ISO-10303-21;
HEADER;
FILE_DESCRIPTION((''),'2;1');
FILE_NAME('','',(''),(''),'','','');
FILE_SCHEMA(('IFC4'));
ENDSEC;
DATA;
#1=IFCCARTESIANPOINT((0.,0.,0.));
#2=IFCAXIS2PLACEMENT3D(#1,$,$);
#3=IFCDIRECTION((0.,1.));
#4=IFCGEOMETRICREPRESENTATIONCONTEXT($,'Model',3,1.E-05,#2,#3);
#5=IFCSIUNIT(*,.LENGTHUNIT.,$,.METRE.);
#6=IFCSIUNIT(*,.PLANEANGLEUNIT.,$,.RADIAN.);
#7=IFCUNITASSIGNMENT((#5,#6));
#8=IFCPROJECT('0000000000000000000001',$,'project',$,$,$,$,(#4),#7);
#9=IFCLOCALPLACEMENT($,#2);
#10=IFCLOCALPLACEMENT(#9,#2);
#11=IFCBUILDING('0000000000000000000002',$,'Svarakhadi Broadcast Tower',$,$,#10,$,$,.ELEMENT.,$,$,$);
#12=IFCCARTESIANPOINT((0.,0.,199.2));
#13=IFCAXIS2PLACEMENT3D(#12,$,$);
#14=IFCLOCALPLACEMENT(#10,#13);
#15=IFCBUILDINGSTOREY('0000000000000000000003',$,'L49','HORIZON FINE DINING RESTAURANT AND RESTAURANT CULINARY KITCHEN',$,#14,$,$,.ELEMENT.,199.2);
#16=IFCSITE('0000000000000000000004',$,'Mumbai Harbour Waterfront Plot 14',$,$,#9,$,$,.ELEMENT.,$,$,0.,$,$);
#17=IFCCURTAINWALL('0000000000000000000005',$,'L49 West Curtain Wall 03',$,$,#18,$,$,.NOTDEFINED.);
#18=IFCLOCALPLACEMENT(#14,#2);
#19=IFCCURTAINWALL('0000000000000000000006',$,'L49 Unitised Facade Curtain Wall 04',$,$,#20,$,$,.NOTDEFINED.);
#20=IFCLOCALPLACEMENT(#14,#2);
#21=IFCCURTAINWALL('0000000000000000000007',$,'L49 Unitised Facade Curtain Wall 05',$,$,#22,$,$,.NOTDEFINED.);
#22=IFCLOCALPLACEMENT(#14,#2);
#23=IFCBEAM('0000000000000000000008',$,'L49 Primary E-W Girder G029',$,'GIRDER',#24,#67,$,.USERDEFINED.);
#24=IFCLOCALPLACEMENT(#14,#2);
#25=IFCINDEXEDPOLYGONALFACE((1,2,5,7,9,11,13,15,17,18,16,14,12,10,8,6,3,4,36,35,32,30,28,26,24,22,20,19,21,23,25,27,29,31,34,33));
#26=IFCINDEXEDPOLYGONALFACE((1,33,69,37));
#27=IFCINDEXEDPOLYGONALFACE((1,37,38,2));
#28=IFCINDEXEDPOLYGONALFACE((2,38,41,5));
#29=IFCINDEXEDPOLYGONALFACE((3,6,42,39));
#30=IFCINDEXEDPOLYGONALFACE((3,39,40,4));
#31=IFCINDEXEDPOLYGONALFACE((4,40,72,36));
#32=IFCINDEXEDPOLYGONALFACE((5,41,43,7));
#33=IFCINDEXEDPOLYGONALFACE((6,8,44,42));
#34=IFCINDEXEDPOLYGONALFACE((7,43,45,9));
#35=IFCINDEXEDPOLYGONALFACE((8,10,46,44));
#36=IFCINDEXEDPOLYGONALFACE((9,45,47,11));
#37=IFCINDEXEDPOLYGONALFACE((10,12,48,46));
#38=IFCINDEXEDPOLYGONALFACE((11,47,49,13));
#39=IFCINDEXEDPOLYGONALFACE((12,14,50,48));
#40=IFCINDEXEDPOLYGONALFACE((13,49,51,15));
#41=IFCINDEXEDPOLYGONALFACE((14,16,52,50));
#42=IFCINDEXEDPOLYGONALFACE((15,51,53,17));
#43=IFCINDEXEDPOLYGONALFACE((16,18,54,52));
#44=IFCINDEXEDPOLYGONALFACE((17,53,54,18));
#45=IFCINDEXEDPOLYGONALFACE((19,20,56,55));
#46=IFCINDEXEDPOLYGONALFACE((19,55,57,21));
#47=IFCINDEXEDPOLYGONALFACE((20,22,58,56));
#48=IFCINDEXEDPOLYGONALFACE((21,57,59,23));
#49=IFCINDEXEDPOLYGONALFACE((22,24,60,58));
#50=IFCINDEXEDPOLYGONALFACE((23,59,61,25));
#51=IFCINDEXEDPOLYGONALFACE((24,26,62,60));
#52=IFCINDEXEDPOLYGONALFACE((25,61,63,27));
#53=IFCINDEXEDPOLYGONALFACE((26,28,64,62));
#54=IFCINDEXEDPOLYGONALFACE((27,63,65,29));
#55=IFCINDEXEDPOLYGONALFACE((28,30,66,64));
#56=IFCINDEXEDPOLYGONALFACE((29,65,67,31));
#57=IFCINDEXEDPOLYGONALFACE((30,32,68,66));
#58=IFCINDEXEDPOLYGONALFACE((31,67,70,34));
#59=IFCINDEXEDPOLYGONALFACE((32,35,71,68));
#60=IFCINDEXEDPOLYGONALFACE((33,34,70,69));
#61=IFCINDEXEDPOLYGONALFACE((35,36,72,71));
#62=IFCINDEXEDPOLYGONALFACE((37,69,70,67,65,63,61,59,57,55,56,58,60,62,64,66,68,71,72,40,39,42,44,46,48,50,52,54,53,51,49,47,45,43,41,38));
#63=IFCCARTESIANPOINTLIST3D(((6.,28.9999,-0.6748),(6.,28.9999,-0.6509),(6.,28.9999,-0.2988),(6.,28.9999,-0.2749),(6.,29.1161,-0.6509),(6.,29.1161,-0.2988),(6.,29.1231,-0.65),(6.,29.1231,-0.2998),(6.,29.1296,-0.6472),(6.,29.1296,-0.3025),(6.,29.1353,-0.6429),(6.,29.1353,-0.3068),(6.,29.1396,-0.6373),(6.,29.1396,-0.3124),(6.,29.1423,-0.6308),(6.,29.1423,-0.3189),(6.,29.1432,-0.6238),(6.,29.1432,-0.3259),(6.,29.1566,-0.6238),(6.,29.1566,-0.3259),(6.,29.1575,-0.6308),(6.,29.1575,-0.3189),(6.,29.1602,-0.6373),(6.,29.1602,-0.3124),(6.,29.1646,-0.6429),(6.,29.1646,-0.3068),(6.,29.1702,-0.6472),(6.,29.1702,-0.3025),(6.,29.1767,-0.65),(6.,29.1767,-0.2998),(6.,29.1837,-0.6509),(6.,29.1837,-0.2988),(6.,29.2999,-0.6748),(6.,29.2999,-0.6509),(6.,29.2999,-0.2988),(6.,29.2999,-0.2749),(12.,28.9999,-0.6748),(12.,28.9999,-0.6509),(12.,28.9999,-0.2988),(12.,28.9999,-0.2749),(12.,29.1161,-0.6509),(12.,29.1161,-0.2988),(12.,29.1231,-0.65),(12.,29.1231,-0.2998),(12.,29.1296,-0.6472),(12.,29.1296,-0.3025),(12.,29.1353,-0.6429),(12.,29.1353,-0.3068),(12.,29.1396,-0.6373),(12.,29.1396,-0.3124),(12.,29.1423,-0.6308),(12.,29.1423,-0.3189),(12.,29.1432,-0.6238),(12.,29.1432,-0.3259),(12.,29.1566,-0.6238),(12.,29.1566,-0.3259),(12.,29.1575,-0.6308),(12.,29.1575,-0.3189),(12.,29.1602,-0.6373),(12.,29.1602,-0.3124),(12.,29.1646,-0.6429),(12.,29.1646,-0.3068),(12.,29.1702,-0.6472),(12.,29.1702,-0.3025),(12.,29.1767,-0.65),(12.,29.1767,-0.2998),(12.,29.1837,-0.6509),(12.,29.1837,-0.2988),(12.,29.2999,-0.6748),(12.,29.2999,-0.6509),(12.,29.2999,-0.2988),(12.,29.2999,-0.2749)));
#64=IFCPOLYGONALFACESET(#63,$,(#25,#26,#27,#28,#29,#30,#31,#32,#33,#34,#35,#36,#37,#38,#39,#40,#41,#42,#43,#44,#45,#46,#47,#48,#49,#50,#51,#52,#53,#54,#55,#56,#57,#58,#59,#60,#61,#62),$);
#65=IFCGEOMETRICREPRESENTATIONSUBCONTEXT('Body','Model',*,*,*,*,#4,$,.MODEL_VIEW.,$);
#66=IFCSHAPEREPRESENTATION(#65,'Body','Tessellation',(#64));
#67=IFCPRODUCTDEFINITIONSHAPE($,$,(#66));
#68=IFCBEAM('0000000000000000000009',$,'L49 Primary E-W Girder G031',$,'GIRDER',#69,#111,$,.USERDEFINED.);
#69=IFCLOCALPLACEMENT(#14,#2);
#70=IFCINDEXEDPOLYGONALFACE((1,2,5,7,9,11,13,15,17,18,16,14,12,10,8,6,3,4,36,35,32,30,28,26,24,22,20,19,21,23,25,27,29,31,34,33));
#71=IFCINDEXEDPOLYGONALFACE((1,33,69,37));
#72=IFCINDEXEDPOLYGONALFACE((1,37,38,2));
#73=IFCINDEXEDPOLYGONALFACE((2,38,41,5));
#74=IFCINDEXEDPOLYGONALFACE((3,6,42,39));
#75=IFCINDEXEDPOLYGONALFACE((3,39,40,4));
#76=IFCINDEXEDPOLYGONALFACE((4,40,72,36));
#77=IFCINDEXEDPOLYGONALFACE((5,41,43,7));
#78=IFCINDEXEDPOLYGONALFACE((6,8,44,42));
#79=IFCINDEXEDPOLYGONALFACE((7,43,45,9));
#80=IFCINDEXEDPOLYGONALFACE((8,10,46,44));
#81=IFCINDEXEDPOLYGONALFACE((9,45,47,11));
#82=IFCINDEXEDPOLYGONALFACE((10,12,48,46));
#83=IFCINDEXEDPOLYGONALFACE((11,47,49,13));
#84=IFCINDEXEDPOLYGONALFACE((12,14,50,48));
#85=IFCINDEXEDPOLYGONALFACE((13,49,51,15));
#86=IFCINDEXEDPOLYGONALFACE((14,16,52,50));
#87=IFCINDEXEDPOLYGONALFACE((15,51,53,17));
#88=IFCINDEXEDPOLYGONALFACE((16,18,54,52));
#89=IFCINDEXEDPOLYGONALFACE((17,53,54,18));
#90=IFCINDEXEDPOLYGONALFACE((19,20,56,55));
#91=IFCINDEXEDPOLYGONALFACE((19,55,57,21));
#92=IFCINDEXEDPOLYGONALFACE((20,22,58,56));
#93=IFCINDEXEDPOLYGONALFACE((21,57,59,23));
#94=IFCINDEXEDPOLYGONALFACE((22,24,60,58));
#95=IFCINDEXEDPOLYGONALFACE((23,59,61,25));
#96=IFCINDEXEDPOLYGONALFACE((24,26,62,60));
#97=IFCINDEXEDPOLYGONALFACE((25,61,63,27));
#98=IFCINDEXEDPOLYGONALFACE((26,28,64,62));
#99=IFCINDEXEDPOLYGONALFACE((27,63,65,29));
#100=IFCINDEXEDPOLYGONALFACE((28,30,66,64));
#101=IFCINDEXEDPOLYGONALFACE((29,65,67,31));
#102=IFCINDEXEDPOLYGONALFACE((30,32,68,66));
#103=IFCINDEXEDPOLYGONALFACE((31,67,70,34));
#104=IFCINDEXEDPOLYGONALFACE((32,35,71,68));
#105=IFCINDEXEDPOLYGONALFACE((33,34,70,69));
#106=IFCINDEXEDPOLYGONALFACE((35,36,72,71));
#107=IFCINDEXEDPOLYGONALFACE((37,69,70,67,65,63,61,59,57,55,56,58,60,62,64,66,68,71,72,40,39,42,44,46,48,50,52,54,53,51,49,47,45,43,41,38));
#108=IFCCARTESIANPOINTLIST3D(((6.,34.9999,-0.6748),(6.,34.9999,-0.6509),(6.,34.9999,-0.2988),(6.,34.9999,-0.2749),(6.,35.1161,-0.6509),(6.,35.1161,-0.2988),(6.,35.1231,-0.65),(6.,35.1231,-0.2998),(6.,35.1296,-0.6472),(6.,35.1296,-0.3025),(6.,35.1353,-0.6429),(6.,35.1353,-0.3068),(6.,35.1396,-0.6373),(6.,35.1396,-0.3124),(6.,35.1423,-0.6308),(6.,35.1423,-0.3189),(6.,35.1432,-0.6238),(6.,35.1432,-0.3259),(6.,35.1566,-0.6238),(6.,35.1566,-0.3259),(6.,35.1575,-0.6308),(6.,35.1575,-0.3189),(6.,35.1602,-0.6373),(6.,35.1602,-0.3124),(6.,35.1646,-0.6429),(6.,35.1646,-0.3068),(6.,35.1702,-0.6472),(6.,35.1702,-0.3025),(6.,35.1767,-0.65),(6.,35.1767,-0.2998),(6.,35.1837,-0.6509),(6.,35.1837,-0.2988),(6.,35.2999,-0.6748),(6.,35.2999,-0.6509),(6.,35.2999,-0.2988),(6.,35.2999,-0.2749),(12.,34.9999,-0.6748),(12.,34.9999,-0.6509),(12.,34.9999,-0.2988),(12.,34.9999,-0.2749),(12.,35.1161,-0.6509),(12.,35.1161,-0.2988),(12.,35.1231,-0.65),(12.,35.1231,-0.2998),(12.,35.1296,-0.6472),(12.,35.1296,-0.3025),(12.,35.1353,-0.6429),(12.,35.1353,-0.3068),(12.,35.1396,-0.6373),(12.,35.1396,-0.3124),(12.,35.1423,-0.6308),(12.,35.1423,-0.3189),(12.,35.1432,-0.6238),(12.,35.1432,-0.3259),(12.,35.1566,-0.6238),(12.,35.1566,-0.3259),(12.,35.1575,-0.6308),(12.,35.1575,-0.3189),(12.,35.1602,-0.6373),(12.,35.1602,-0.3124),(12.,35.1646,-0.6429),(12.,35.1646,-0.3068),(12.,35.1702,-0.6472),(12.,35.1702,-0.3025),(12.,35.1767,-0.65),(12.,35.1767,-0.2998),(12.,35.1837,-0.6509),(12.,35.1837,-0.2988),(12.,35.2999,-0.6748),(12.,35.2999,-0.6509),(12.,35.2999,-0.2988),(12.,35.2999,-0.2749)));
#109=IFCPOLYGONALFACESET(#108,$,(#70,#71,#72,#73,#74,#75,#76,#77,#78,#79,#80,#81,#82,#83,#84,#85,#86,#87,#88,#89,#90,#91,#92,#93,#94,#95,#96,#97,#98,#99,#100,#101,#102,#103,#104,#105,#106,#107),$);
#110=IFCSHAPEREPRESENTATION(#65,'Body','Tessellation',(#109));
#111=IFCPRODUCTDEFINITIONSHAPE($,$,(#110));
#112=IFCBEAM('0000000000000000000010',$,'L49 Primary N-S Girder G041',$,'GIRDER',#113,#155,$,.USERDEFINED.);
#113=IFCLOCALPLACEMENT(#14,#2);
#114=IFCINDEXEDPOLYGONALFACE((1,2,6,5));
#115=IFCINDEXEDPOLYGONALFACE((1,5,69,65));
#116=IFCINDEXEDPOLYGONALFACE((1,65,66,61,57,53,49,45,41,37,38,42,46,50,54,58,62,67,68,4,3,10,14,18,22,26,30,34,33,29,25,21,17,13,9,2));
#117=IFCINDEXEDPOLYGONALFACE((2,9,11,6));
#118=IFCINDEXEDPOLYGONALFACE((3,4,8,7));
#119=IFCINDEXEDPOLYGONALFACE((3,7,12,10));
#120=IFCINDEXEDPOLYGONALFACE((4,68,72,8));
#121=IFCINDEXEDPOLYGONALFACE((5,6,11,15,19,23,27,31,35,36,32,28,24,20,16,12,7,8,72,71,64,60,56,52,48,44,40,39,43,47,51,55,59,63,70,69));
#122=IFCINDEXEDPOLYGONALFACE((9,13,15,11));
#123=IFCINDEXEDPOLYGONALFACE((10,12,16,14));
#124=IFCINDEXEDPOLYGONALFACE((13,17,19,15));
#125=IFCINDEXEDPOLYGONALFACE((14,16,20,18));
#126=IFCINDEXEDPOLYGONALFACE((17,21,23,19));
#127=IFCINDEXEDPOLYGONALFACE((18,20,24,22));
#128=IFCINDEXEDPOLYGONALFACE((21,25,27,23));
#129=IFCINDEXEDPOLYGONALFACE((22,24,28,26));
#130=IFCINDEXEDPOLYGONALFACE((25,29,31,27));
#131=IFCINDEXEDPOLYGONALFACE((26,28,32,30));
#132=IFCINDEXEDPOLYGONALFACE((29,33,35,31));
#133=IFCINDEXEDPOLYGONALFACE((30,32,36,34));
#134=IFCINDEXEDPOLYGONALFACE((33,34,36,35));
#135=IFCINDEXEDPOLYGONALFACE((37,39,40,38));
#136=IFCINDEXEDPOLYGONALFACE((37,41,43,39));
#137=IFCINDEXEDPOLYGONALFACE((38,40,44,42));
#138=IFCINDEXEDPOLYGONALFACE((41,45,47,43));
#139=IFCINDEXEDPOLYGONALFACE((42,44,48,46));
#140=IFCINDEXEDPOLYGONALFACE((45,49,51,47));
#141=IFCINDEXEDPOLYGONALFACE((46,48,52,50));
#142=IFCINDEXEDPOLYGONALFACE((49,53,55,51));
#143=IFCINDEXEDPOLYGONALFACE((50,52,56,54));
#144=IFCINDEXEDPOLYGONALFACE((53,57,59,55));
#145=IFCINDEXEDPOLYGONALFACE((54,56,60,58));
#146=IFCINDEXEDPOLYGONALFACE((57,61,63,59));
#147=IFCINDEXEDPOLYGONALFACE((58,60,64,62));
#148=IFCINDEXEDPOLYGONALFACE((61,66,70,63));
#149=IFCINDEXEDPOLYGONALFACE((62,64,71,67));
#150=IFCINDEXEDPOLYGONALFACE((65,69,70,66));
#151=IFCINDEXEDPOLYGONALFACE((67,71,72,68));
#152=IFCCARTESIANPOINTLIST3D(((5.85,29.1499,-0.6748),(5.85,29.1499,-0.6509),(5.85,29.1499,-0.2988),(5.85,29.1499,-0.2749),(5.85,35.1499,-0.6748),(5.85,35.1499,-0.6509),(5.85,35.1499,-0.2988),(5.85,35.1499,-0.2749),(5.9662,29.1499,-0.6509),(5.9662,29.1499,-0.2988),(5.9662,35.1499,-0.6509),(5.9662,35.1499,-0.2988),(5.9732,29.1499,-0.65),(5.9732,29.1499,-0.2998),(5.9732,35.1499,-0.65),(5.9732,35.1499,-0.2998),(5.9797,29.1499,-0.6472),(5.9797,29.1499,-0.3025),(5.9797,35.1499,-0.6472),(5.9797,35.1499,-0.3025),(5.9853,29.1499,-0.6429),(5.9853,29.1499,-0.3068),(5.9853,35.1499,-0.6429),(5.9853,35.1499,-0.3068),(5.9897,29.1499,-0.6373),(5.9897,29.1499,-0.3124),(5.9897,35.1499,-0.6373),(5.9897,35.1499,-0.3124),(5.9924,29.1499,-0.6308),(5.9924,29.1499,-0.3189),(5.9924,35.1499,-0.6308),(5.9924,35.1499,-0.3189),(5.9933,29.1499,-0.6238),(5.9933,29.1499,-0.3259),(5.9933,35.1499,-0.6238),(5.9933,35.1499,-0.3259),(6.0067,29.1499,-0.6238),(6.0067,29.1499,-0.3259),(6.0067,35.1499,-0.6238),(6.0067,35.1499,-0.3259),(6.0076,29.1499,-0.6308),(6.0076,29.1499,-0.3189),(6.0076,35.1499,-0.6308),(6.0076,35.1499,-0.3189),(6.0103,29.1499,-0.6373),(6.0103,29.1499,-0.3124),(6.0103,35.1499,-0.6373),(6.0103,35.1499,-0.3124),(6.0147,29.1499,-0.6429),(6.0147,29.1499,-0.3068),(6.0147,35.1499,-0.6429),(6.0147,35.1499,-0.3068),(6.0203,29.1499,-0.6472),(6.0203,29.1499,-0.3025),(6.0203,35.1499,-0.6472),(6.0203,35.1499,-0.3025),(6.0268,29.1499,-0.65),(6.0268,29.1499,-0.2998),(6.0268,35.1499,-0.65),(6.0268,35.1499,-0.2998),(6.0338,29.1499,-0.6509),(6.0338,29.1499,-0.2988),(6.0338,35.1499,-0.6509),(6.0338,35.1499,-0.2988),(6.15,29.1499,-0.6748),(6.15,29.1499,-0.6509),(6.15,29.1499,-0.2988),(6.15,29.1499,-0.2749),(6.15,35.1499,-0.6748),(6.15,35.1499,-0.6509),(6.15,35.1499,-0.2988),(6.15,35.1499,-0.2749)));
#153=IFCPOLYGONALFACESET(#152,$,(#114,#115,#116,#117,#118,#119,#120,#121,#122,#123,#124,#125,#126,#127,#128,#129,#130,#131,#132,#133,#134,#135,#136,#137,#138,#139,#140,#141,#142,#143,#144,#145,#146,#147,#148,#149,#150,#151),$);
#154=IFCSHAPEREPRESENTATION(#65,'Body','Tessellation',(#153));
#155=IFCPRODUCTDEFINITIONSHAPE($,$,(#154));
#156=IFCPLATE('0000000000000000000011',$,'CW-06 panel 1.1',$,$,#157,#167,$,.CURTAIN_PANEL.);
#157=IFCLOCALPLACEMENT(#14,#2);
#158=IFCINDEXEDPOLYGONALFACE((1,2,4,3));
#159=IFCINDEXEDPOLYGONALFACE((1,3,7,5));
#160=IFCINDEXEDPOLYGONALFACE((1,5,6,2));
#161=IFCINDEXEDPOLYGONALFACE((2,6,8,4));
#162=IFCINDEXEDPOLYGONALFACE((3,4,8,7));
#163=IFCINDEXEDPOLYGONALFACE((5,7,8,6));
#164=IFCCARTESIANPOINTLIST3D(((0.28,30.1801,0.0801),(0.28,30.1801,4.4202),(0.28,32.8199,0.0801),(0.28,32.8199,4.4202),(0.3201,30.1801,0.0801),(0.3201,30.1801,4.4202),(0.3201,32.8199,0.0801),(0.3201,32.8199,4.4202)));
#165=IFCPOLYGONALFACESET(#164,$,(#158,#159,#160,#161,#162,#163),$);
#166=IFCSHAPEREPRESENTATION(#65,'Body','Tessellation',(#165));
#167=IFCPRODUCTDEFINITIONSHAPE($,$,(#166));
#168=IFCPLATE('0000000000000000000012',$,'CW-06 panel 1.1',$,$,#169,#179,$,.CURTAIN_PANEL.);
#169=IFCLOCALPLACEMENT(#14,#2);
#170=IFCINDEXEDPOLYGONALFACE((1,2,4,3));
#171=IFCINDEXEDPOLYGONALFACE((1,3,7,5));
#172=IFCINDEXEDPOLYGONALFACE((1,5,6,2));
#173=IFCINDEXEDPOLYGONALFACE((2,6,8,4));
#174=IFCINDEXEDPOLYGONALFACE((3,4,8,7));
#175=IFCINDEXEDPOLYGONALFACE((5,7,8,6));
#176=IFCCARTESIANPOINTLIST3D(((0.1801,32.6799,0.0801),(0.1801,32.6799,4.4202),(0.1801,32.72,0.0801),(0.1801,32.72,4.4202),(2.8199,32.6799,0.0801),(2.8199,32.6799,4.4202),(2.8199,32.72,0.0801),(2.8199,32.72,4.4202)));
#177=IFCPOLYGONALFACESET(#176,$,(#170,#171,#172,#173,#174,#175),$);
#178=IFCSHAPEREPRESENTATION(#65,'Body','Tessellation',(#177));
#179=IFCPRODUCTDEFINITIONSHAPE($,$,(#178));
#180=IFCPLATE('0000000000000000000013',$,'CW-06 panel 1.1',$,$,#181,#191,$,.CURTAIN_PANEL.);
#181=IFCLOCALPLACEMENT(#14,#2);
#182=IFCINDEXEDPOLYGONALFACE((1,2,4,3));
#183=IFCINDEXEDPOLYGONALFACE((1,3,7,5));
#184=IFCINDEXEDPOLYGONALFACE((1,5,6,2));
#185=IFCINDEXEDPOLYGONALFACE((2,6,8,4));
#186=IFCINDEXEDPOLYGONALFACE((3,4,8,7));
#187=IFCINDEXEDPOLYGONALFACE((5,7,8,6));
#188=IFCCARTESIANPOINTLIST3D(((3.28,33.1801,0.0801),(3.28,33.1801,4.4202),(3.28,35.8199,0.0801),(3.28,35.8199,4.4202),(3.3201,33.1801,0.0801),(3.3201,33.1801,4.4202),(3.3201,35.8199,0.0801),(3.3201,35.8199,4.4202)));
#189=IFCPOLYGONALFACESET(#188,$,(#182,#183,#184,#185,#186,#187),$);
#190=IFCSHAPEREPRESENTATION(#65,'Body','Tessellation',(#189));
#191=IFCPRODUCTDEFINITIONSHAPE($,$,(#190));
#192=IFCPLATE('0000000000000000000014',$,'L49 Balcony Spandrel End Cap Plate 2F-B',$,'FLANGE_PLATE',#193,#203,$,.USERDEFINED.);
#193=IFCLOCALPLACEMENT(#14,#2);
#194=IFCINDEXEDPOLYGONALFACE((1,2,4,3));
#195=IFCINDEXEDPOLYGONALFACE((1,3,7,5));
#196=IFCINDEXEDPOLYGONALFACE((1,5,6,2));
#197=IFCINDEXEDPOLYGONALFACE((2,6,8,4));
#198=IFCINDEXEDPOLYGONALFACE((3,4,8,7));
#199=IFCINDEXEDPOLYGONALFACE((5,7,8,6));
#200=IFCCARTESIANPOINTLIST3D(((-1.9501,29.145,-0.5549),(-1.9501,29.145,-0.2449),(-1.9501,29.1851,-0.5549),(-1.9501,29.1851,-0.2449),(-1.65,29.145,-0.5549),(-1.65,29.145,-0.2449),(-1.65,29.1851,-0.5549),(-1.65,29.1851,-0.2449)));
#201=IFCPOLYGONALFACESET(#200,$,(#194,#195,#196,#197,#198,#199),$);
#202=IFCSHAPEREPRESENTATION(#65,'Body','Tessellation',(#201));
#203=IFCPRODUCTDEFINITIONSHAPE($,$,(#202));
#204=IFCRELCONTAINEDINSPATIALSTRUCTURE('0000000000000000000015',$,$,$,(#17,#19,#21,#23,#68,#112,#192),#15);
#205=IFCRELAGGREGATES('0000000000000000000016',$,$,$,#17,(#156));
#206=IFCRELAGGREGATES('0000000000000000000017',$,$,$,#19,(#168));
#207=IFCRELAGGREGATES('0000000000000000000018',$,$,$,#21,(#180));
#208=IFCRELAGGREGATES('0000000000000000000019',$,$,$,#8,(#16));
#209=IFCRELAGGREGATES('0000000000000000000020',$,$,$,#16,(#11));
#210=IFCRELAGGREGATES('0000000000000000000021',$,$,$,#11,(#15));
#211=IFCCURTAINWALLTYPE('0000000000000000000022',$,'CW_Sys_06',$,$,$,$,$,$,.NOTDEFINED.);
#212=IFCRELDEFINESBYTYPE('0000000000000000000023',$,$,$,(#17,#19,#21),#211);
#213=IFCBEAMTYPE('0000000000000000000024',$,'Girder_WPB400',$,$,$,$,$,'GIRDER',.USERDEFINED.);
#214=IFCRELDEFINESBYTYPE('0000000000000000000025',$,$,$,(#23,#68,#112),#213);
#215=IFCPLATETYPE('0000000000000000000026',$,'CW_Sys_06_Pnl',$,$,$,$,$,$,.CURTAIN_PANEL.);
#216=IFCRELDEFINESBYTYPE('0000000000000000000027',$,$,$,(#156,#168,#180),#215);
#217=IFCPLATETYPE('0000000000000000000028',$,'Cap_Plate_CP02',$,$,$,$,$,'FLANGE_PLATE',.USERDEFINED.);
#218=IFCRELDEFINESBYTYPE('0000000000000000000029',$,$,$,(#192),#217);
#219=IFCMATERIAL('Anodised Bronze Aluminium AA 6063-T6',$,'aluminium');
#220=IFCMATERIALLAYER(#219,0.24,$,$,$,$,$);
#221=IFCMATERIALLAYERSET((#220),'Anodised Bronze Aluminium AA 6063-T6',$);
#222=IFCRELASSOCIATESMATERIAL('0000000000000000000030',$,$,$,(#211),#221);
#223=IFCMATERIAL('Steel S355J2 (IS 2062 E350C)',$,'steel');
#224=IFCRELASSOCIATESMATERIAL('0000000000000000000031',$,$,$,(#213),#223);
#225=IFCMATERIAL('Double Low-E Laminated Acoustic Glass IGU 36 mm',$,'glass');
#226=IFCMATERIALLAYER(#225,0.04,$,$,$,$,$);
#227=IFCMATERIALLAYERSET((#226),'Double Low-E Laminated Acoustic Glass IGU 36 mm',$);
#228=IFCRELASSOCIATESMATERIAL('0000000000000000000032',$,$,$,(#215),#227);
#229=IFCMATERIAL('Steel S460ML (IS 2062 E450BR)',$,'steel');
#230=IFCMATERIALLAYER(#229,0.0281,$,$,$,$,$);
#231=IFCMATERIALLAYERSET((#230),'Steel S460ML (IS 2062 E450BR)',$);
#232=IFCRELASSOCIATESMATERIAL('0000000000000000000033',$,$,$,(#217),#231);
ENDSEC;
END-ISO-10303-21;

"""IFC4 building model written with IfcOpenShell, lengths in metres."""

from ifc_helpers import new_model, si_unit, direction, frame, origin, origin_2d, place, context, subcontext, project, spatial, rectangle, i_section, extrude, material, layer, layer_set, material_profile, profile_set, type_object, element, aggregate, save


model = new_model("IFC4")

# Units and contexts
model_context = context("Model", 3, precision=1e-05, world=origin(), true_north=direction((0.0, 1.0)))
body_context = subcontext(model_context, "Body", "Model", "MODEL_VIEW")
ifc_project = project(units=[si_unit("LENGTHUNIT", "METRE"), si_unit("PLANEANGLEUNIT", "RADIAN")], contexts=[model_context])

# Site, building, storey
site_placement = place(None, origin())
site = spatial("IfcSite", under=ifc_project, at=site_placement, Name="Mumbai Harbour Waterfront Plot 14", CompositionType="ELEMENT", RefElevation=0.0)
building_placement = place(site_placement, origin())
building = spatial("IfcBuilding", under=site, at=building_placement, Name="Svarakhadi Broadcast Tower", CompositionType="ELEMENT")
storey_placement = place(building_placement, frame((0.0, 0.0, 199.2)))
storey = spatial("IfcBuildingStorey", under=building, at=storey_placement, Name="L49", Description="HORIZON FINE DINING RESTAURANT AND RESTAURANT CULINARY KITCHEN", CompositionType="ELEMENT", Elevation=199.2)

# Shared definitions
ifc_material_1 = material(Name="Steel S460ML (IS 2062 E450BR)", Category="steel")

# Shared definitions
ifc_material_2 = material(Name="Steel S355J2 (IS 2062 E350C)", Category="steel")

# Curtain walls
ifc_material_3 = material(Name="Anodised Bronze Aluminium AA 6063-T6", Category="aluminium")
ifc_layer_1 = layer(ifc_material_3, 0.24)
ifc_layer_set_1 = layer_set([ifc_layer_1], Name="Anodised Bronze Aluminium AA 6063-T6")
curtain_wall_type = type_object("IfcCurtainWallType", Name="CW_Sys_06", PredefinedType="NOTDEFINED", material=ifc_layer_set_1)
curtain_wall_1_placement = place(storey_placement, origin())
curtain_wall_1 = element("IfcCurtainWall", 1, at=curtain_wall_1_placement, inside=storey, type_object=curtain_wall_type, Name="L49 West Curtain Wall 03", PredefinedType="NOTDEFINED")
curtain_wall_2_placement = place(storey_placement, origin())
curtain_wall_2 = element("IfcCurtainWall", 2, at=curtain_wall_2_placement, inside=storey, type_object=curtain_wall_type, Name="L49 Unitised Facade Curtain Wall 04", PredefinedType="NOTDEFINED")
curtain_wall_3_placement = place(storey_placement, origin())
curtain_wall_3 = element("IfcCurtainWall", 3, at=curtain_wall_3_placement, inside=storey, type_object=curtain_wall_type, Name="L49 Unitised Facade Curtain Wall 05", PredefinedType="NOTDEFINED")

# Beams
ifc_material_profile_1 = material_profile(ifc_material_2, i_section(OverallWidth=0.3, OverallDepth=0.3999, WebThickness=0.0134, FlangeThickness=0.0239, FilletRadius=0.0271, at=origin_2d()), Name="WPB 400x300x155")
ifc_profile_set_1 = profile_set([ifc_material_profile_1], Name="Steel S355J2 (IS 2062 E350C)")
beam_type_1 = type_object("IfcBeamType", Name="Girder_WPB400", ElementType="GIRDER", PredefinedType="USERDEFINED", material=ifc_profile_set_1)
for number, where, z_axis, x_axis, name in (
    (4, (6.0, 29.1499, -0.4749), (1.0, 0.0, 0.0), (0.0, 1.0, 0.0), "L49 Primary E-W Girder G029"),
    (5, (6.0, 35.1499, -0.4749), (1.0, 0.0, 0.0), (0.0, 1.0, 0.0), "L49 Primary E-W Girder G031"),
    (6, (6.0, 29.1499, -0.4749), (0.0, 1.0, 0.0), (-1.0, 0.0, 0.0), "L49 Primary N-S Girder G041"),
):
    element("IfcBeam", number, at=place(storey_placement, frame(where, z_axis=z_axis, x_axis=x_axis)), inside=storey, type_object=beam_type_1, Name=name, ObjectType="GIRDER", PredefinedType="USERDEFINED", context=body_context, shape_type="SweptSolid", body=[
        extrude(i_section(OverallWidth=0.3, OverallDepth=0.3999, WebThickness=0.0134, FlangeThickness=0.0239, FilletRadius=0.0271, at=origin_2d()), origin(), (0.0, 0.0, 1.0), 6.0),
    ])

# Plates
ifc_material_4 = material(Name="Double Low-E Laminated Acoustic Glass IGU 36 mm", Category="glass")
ifc_layer_2 = layer(ifc_material_4, 0.04)
ifc_layer_set_2 = layer_set([ifc_layer_2], Name="Double Low-E Laminated Acoustic Glass IGU 36 mm")
plate_type_1 = type_object("IfcPlateType", Name="CW_Sys_06_Pnl", PredefinedType="CURTAIN_PANEL", material=ifc_layer_set_2)
plate_1_placement = place(storey_placement, frame((0.3, 31.5, 0.0801), z_axis=(0.0, 0.0, 1.0), x_axis=(0.0, 1.0, 0.0)))
plate_1 = element("IfcPlate", 7, at=plate_1_placement, type_object=plate_type_1, Name="CW-06 panel 1.1", PredefinedType="CURTAIN_PANEL", context=body_context, shape_type="SweptSolid", body=[
    extrude(rectangle(XDim=2.6399, YDim=0.04, at=origin_2d()), origin(), (0.0, 0.0, 1.0), 4.3401),
])
aggregate(curtain_wall_1, [plate_1])
plate_2_placement = place(storey_placement, frame((1.5, 32.7, 0.0801), z_axis=(0.0, 0.0, 1.0), x_axis=(1.0, 0.0, 0.0)))
plate_2 = element("IfcPlate", 8, at=plate_2_placement, type_object=plate_type_1, Name="CW-06 panel 1.1", PredefinedType="CURTAIN_PANEL", context=body_context, shape_type="SweptSolid", body=[
    extrude(rectangle(XDim=2.6399, YDim=0.04, at=origin_2d()), origin(), (0.0, 0.0, 1.0), 4.3401),
])
aggregate(curtain_wall_2, [plate_2])
plate_3_placement = place(storey_placement, frame((3.3, 34.5, 0.0801), z_axis=(0.0, 0.0, 1.0), x_axis=(0.0, 1.0, 0.0)))
plate_3 = element("IfcPlate", 9, at=plate_3_placement, type_object=plate_type_1, Name="CW-06 panel 1.1", PredefinedType="CURTAIN_PANEL", context=body_context, shape_type="SweptSolid", body=[
    extrude(rectangle(XDim=2.6399, YDim=0.04, at=origin_2d()), origin(), (0.0, 0.0, 1.0), 4.3401),
])
aggregate(curtain_wall_3, [plate_3])
ifc_layer_3 = layer(ifc_material_1, 0.0281)
ifc_layer_set_3 = layer_set([ifc_layer_3], Name="Steel S460ML (IS 2062 E450BR)")
plate_type_2 = type_object("IfcPlateType", Name="Cap_Plate_CP02", ElementType="FLANGE_PLATE", PredefinedType="USERDEFINED", material=ifc_layer_set_3)
plate_4_placement = place(storey_placement, frame((-1.8, 29.165, -0.5549), z_axis=(0.0, 0.0, 1.0), x_axis=(1.0, 0.0, 0.0)))
element("IfcPlate", 10, at=plate_4_placement, inside=storey, type_object=plate_type_2, Name="L49 Balcony Spandrel End Cap Plate 2F-B", ObjectType="FLANGE_PLATE", PredefinedType="USERDEFINED", context=body_context, shape_type="SweptSolid", body=[
    extrude(rectangle(XDim=0.3, YDim=0.04, at=origin_2d()), origin(), (0.0, 0.0, 1.0), 0.3101),
])

save(model, "model.ifc")
